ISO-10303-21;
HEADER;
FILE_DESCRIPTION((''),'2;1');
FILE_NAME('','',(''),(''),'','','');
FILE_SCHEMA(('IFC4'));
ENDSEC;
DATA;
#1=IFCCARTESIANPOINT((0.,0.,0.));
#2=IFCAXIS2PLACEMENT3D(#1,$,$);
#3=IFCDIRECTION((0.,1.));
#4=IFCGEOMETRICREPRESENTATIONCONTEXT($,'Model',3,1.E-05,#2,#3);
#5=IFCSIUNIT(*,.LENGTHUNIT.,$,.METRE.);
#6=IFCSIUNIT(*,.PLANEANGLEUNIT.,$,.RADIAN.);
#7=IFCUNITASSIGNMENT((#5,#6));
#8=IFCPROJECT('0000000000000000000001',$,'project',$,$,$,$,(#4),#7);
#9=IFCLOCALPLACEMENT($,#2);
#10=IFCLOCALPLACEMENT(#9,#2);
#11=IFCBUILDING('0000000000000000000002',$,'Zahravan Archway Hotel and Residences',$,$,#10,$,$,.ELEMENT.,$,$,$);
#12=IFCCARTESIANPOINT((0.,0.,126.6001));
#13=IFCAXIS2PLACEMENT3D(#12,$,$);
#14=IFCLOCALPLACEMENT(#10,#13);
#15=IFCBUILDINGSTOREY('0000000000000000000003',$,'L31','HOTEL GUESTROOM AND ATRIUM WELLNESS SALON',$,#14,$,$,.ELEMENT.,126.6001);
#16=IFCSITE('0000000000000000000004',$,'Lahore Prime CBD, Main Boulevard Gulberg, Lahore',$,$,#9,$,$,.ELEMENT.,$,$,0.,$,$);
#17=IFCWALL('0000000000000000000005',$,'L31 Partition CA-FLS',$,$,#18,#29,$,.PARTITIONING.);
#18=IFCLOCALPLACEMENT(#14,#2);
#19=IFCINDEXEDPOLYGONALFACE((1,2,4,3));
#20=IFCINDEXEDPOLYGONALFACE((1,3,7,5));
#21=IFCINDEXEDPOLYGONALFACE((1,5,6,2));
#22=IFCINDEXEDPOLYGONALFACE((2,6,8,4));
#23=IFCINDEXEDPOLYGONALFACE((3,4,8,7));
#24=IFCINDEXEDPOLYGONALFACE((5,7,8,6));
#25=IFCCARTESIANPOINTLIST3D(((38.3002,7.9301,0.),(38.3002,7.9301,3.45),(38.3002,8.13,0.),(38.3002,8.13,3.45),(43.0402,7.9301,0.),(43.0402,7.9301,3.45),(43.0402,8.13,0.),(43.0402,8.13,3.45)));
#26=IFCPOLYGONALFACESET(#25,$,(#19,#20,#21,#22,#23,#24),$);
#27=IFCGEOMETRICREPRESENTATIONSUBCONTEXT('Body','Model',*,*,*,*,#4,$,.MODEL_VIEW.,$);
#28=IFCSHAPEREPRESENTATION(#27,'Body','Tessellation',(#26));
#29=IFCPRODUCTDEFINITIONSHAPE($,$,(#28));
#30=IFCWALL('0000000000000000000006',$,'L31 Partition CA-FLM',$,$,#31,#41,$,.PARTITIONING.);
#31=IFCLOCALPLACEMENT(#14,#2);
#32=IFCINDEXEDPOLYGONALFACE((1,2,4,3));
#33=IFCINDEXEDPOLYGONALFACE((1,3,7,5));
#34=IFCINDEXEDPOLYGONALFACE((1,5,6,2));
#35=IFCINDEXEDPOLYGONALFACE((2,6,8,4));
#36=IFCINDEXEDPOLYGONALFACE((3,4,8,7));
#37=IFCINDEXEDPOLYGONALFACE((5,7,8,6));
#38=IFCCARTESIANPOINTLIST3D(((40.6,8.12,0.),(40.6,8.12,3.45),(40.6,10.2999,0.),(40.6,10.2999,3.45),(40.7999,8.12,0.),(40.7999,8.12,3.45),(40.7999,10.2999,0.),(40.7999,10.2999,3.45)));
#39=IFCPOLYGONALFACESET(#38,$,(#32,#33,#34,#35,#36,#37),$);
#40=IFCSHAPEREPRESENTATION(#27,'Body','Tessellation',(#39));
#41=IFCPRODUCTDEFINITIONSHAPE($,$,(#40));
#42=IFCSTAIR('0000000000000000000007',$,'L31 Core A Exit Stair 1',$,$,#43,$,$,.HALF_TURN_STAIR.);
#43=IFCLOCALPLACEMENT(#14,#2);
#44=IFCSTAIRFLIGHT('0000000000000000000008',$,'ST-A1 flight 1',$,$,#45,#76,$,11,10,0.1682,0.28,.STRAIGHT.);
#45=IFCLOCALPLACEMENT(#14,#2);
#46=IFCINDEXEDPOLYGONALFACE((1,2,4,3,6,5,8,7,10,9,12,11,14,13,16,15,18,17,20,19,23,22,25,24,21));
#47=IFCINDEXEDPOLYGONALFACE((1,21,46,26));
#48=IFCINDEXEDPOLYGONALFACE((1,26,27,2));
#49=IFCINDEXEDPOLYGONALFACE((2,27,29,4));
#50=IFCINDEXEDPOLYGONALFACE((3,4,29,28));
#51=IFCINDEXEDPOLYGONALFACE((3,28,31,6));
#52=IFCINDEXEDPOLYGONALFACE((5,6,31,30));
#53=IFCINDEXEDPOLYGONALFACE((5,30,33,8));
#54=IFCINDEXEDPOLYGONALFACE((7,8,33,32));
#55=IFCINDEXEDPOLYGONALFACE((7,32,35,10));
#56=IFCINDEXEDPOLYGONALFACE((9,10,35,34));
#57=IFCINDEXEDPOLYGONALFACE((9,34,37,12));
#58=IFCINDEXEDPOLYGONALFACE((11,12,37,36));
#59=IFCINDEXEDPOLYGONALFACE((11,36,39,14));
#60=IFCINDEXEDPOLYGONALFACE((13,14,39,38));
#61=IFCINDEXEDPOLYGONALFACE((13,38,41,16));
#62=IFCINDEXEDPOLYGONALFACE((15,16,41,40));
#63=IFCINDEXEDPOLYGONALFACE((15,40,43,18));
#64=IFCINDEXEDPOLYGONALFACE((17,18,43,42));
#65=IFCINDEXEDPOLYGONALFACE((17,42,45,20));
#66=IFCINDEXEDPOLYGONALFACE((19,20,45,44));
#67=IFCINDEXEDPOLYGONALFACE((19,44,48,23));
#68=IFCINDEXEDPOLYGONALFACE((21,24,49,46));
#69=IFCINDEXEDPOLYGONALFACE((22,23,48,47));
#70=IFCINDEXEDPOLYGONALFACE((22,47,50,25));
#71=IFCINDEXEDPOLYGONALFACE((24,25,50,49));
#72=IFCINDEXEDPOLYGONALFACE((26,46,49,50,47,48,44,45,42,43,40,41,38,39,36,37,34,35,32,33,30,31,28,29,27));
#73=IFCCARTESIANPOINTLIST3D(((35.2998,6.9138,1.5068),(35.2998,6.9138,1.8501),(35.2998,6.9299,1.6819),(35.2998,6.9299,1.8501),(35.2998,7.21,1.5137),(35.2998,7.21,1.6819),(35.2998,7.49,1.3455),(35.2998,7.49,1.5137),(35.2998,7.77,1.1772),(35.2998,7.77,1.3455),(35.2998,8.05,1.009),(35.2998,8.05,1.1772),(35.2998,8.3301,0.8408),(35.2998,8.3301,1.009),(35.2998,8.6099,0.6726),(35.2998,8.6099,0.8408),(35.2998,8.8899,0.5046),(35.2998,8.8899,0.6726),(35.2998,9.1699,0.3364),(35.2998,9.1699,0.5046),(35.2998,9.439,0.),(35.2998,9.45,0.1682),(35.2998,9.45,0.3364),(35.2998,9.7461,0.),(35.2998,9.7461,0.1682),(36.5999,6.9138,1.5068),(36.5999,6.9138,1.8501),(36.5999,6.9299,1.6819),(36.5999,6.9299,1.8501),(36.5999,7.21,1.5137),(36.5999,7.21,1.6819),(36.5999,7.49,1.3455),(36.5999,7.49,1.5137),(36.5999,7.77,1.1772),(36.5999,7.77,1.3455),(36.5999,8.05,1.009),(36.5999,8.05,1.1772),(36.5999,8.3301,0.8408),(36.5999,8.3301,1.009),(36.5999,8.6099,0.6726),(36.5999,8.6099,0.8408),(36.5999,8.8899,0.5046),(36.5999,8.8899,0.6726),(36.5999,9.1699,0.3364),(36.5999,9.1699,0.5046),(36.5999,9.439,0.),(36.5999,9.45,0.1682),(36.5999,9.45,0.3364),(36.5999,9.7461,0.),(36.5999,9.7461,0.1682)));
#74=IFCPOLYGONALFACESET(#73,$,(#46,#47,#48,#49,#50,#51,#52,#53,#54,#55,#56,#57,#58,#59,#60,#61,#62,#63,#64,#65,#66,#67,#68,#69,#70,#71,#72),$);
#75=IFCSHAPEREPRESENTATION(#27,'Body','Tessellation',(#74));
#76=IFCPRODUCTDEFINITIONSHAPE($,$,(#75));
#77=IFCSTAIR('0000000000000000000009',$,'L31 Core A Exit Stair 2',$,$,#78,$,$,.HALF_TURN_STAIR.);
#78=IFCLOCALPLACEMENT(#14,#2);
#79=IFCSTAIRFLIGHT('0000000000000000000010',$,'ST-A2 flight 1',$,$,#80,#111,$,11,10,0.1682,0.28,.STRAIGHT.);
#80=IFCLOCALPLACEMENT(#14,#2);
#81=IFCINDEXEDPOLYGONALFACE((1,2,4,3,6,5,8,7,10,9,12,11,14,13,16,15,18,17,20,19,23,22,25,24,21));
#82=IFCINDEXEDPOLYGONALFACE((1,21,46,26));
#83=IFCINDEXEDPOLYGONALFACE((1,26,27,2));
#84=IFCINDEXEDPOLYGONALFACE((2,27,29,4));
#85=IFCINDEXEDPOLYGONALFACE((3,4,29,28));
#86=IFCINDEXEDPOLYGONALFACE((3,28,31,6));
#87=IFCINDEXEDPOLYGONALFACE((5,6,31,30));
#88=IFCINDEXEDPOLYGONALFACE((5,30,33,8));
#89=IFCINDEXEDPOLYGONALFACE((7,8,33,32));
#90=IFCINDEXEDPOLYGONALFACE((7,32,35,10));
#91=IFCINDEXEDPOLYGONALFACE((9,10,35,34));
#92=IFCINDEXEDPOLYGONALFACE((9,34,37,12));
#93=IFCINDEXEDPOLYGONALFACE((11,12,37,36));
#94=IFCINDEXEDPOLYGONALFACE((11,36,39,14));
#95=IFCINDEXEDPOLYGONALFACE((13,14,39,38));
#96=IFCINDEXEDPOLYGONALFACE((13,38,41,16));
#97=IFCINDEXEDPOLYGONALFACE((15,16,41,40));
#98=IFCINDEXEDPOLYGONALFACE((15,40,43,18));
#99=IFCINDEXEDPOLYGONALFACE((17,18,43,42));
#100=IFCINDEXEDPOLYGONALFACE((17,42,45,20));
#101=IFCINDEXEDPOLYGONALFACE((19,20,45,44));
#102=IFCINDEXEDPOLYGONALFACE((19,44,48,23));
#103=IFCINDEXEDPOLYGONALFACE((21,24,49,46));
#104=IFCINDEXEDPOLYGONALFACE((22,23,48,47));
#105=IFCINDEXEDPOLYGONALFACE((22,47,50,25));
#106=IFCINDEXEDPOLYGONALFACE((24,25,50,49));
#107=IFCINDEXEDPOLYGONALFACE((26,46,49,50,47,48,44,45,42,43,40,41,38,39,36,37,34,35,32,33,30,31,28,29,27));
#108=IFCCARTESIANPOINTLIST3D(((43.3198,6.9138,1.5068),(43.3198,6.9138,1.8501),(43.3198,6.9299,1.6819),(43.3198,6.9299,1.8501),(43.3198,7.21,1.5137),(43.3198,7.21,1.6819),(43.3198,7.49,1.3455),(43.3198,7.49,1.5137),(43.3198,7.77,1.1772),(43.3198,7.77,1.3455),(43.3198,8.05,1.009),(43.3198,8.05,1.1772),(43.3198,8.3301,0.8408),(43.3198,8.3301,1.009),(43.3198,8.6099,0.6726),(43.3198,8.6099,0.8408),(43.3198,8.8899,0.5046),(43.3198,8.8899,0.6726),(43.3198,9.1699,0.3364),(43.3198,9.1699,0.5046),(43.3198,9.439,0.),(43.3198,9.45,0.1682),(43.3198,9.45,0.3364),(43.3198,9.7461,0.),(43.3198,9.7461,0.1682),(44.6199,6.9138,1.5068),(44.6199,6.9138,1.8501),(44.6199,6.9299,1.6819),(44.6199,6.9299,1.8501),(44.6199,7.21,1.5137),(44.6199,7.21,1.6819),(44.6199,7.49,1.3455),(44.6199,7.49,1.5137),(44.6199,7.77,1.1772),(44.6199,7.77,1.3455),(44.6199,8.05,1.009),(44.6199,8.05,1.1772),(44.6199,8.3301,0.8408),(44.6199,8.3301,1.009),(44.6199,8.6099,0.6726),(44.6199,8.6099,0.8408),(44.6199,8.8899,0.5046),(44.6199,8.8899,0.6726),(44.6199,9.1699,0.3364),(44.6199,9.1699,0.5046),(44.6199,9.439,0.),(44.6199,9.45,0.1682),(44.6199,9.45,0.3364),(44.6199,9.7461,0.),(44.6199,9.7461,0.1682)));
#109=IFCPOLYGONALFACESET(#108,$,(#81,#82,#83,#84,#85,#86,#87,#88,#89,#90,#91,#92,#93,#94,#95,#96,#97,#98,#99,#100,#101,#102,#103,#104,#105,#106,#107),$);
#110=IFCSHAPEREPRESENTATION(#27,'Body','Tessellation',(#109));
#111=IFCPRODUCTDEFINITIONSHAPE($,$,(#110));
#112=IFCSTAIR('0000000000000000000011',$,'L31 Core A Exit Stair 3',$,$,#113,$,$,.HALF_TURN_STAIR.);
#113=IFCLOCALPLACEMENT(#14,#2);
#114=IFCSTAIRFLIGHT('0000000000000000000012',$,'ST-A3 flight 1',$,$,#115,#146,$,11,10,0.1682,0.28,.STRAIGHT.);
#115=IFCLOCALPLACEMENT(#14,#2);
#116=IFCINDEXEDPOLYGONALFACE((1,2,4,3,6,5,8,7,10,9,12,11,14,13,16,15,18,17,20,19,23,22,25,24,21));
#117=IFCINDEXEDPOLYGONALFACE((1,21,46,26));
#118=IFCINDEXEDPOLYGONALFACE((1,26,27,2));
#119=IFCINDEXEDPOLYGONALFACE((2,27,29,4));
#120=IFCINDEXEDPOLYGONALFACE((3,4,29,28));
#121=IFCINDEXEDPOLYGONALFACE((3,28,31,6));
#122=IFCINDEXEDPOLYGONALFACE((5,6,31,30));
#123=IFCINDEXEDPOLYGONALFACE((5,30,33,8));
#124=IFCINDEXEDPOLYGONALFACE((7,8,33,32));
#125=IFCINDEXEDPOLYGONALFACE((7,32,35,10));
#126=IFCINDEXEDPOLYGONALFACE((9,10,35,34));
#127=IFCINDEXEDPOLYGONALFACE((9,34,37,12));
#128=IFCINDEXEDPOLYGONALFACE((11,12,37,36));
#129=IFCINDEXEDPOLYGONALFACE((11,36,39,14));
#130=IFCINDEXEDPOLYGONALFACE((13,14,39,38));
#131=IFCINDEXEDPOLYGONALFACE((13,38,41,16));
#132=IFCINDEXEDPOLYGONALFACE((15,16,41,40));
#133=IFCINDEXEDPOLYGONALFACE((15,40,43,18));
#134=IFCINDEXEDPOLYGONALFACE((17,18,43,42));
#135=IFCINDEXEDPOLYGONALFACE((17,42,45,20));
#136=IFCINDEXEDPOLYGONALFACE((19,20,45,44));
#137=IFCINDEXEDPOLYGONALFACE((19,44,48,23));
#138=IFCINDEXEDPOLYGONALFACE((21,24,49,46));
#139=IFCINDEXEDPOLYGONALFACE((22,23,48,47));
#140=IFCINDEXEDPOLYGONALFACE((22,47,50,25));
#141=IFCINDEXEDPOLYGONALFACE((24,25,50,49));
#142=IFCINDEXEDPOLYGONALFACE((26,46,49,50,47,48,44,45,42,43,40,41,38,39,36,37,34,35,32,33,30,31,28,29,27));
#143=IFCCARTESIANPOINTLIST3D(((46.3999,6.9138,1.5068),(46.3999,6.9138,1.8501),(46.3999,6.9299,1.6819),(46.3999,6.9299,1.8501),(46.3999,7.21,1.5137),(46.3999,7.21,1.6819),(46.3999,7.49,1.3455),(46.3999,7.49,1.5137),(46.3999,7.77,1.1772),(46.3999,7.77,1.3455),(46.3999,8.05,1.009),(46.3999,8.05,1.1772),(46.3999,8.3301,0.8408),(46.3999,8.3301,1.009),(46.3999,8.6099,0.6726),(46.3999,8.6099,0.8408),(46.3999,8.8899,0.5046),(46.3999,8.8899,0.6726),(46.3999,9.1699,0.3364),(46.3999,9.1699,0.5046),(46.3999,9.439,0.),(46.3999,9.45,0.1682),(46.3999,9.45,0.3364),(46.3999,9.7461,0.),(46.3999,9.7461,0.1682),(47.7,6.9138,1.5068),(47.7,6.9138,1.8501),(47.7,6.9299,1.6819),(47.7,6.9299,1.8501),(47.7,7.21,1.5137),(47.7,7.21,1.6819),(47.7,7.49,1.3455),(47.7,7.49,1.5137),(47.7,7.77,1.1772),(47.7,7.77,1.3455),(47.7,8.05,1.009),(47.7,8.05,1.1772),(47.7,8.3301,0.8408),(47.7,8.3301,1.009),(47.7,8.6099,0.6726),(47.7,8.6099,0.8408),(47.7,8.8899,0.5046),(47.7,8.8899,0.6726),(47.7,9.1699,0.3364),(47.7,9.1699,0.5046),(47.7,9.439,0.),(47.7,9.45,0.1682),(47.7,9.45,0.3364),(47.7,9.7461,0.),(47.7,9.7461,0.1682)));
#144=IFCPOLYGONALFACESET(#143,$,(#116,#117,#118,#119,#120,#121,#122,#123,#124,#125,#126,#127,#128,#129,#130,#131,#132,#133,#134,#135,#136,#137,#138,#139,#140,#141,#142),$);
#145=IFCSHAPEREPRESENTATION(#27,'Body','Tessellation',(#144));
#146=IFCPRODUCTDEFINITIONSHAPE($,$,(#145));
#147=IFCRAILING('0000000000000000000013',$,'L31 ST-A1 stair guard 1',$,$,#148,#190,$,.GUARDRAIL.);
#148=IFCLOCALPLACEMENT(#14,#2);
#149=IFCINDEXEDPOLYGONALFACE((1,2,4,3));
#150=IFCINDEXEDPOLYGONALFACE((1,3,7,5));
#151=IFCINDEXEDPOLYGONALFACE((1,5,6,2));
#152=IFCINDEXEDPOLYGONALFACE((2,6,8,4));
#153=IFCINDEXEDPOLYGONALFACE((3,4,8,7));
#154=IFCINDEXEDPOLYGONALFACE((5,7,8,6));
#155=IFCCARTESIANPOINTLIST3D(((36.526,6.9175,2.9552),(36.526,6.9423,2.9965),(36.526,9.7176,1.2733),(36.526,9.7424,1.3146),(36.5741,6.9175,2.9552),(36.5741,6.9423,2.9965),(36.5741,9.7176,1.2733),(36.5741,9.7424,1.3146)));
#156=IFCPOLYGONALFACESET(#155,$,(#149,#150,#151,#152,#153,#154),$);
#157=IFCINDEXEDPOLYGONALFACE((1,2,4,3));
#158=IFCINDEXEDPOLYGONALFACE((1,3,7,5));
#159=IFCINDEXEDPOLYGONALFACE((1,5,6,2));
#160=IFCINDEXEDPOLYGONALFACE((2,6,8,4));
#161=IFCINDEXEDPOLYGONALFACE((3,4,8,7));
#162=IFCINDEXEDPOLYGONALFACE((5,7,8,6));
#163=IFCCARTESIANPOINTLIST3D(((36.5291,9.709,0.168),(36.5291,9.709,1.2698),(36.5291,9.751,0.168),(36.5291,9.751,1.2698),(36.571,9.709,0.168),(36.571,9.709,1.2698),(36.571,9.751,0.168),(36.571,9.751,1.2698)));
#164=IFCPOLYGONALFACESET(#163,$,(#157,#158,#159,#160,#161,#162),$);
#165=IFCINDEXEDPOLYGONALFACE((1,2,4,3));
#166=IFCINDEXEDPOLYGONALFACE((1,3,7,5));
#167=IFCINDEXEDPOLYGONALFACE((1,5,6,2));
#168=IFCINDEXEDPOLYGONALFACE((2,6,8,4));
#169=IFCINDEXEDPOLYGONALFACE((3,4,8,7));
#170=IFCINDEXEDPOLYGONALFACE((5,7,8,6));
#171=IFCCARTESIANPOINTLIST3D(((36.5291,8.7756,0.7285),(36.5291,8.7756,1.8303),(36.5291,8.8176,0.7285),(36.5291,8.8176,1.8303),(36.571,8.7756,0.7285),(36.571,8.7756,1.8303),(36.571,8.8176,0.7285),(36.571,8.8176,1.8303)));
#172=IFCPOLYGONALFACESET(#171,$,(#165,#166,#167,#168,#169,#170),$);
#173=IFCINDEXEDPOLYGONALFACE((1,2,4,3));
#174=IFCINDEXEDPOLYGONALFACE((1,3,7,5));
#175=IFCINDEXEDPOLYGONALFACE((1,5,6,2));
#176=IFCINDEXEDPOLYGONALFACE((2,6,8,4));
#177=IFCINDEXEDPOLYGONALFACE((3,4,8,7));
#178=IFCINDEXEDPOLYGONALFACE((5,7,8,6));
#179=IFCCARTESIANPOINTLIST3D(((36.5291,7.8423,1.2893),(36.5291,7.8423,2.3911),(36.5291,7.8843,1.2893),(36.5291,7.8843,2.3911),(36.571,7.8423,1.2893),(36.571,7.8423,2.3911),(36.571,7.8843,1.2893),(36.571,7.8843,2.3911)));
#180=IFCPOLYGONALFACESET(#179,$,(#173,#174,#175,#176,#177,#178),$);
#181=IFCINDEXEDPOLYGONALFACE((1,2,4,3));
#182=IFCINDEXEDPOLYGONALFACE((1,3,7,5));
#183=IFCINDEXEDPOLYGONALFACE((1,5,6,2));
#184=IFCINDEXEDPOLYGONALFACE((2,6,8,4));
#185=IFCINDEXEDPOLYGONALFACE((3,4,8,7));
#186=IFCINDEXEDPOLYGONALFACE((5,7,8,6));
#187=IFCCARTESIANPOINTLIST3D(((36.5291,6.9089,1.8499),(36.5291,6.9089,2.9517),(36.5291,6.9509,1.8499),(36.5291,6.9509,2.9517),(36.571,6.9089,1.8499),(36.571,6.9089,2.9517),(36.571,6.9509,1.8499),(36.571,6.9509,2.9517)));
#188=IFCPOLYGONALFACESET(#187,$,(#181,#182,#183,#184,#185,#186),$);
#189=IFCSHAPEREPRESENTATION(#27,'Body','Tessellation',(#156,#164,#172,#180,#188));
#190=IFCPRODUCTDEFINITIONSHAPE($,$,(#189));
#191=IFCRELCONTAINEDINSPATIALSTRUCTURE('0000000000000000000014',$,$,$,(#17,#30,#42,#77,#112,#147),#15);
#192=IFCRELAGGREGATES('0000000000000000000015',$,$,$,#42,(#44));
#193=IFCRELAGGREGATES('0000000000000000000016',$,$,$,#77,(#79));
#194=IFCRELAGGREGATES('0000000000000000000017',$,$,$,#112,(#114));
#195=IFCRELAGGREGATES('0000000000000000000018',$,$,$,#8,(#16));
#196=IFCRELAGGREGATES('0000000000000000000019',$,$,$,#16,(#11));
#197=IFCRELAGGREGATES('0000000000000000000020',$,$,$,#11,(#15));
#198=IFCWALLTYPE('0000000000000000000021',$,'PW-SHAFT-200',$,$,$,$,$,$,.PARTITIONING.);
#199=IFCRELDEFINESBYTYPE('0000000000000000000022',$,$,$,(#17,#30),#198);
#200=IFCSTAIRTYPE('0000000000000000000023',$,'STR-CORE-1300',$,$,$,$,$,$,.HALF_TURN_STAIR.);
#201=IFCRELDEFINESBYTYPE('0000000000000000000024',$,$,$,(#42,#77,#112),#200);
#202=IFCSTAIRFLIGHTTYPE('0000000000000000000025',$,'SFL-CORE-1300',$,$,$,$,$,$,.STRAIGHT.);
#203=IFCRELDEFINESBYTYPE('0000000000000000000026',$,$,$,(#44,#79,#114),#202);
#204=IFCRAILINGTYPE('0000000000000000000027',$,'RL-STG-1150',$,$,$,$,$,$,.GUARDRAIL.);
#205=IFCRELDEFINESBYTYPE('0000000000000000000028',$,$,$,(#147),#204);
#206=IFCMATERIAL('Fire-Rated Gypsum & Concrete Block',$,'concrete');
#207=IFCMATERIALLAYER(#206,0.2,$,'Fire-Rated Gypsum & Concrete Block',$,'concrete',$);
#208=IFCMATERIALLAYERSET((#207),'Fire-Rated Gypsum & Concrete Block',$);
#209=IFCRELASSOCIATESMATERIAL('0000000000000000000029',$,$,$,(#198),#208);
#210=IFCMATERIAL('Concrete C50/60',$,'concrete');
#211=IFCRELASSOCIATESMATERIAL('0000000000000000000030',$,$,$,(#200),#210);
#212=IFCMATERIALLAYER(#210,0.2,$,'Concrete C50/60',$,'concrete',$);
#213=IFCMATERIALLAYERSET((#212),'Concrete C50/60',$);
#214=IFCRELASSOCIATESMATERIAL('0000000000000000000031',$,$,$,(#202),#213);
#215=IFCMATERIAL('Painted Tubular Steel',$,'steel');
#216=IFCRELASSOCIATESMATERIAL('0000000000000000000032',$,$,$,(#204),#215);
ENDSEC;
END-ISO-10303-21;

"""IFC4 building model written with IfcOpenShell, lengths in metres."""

from ifc_helpers import new_model, si_unit, direction, frame, frame_2d, origin, origin_2d, place, context, subcontext, project, spatial, polyline, rectangle, outline, extrude, source, transform, mapped, material, layer, layer_set, type_object, element, aggregate, save


model = new_model("IFC4")

# Units and contexts
model_context = context("Model", 3, precision=1e-05, world=origin(), true_north=direction((0.0, 1.0)))
body_context = subcontext(model_context, "Body", "Model", "MODEL_VIEW")
ifc_project = project(units=[si_unit("LENGTHUNIT", "METRE"), si_unit("PLANEANGLEUNIT", "RADIAN")], contexts=[model_context])

# Site, building, storey
site_placement = place(None, origin())
site = spatial("IfcSite", under=ifc_project, at=site_placement, Name="Lahore Prime CBD, Main Boulevard Gulberg, Lahore", CompositionType="ELEMENT", RefElevation=0.0)
building_placement = place(site_placement, origin())
building = spatial("IfcBuilding", under=site, at=building_placement, Name="Zahravan Archway Hotel and Residences", CompositionType="ELEMENT")
storey_placement = place(building_placement, frame((0.0, 0.0, 126.6001)))
storey = spatial("IfcBuildingStorey", under=building, at=storey_placement, Name="L31", Description="HOTEL GUESTROOM AND ATRIUM WELLNESS SALON", CompositionType="ELEMENT", Elevation=126.6001)

# Walls
ifc_material_1 = material(Name="Fire-Rated Gypsum & Concrete Block", Category="concrete")
ifc_layer_1 = layer(ifc_material_1, 0.2, Name="Fire-Rated Gypsum & Concrete Block", Category="concrete")
ifc_layer_set_1 = layer_set([ifc_layer_1], Name="Fire-Rated Gypsum & Concrete Block")
wall_type = type_object("IfcWallType", Name="PW-SHAFT-200", PredefinedType="PARTITIONING", material=ifc_layer_set_1)
wall_1_placement = place(storey_placement, frame((38.3, 8.03, 0.0), z_axis=(0.0, 0.0, 1.0), x_axis=(1.0, 0.0, 0.0)))
element("IfcWall", 1, at=wall_1_placement, inside=storey, type_object=wall_type, Name="L31 Partition CA-FLS", PredefinedType="PARTITIONING", context=body_context, shape_type="SweptSolid", body=[
    extrude(rectangle(XDim=4.74, YDim=0.2, at=frame_2d((2.3701, 0.0))), origin(), (0.0, 0.0, 1.0), 3.45),
])
wall_2_placement = place(storey_placement, frame((40.7, 8.1201, 0.0), z_axis=(0.0, 0.0, 1.0), x_axis=(0.0, 1.0, 0.0)))
element("IfcWall", 2, at=wall_2_placement, inside=storey, type_object=wall_type, Name="L31 Partition CA-FLM", PredefinedType="PARTITIONING", context=body_context, shape_type="SweptSolid", body=[
    extrude(rectangle(XDim=2.1799, YDim=0.2, at=frame_2d((1.0898, 0.0))), origin(), (0.0, 0.0, 1.0), 3.45),
])

# Stairs, stair flights
ifc_material_2 = material(Name="Concrete C50/60", Category="concrete")
stair_type = type_object("IfcStairType", Name="STR-CORE-1300", PredefinedType="HALF_TURN_STAIR", material=ifc_material_2)
stair_1_placement = place(storey_placement, origin())
stair_1 = element("IfcStair", 3, at=stair_1_placement, inside=storey, type_object=stair_type, Name="L31 Core A Exit Stair 1", PredefinedType="HALF_TURN_STAIR")
ifc_layer_2 = layer(ifc_material_2, 0.2, Name="Concrete C50/60", Category="concrete")
ifc_layer_set_2 = layer_set([ifc_layer_2], Name="Concrete C50/60")
stair_flight_type = type_object("IfcStairFlightType", Name="SFL-CORE-1300", PredefinedType="STRAIGHT", material=ifc_layer_set_2)
shared_shape = source(origin(), body_context, "Body", "SweptSolid", [
    extrude(outline(polyline([(-0.0161, 0.0), (-0.0161, 0.1682), (0.28, 0.1682), (0.28, 0.3364), (0.5601, 0.3364), (0.5601, 0.5046), (0.8401, 0.5046), (0.8401, 0.6726), (1.1201, 0.6726), (1.1201, 0.8408), (1.3999, 0.8408), (1.3999, 1.009), (1.6799, 1.009), (1.6799, 1.1772), (1.96, 1.1772), (1.96, 1.3455), (2.24, 1.3455), (2.24, 1.5137), (2.52, 1.5137), (2.52, 1.6819), (2.8, 1.6819), (2.8, 1.8501), (2.8162, 1.8501), (2.8162, 1.5068), (0.291, 0.0), (-0.0161, 0.0)])), frame((0.0, 0.6499, 0.0), z_axis=(0.0, -1.0, 0.0), x_axis=(1.0, 0.0, 0.0)), (0.0, 0.0, 1.0), 1.3),
])
stair_flight_1_placement = place(storey_placement, frame((35.95, 9.73, 0.0), z_axis=(0.0, 0.0, 1.0), x_axis=(0.0, -1.0, 0.0)))
stair_flight_1 = element("IfcStairFlight", 4, at=stair_flight_1_placement, type_object=stair_flight_type, Name="ST-A1 flight 1", NumberOfRisers=11, NumberOfTreads=10, PredefinedType="STRAIGHT", RiserHeight=0.1682, TreadLength=0.28, context=body_context, shape_type="MappedRepresentation", body=[
    mapped(shared_shape, transform((0.0, 0.0, 0.0), scale=1.0)),
])
aggregate(stair_1, [stair_flight_1])
stair_2_placement = place(storey_placement, origin())
stair_2 = element("IfcStair", 5, at=stair_2_placement, inside=storey, type_object=stair_type, Name="L31 Core A Exit Stair 2", PredefinedType="HALF_TURN_STAIR")
stair_flight_2_placement = place(storey_placement, frame((43.97, 9.73, 0.0), z_axis=(0.0, 0.0, 1.0), x_axis=(0.0, -1.0, 0.0)))
stair_flight_2 = element("IfcStairFlight", 6, at=stair_flight_2_placement, type_object=stair_flight_type, Name="ST-A2 flight 1", NumberOfRisers=11, NumberOfTreads=10, PredefinedType="STRAIGHT", RiserHeight=0.1682, TreadLength=0.28, context=body_context, shape_type="MappedRepresentation", body=[
    mapped(shared_shape, transform((0.0, 0.0, 0.0), scale=1.0)),
])
aggregate(stair_2, [stair_flight_2])
stair_3_placement = place(storey_placement, origin())
stair_3 = element("IfcStair", 7, at=stair_3_placement, inside=storey, type_object=stair_type, Name="L31 Core A Exit Stair 3", PredefinedType="HALF_TURN_STAIR")
stair_flight_3_placement = place(storey_placement, frame((47.05, 9.73, 0.0), z_axis=(0.0, 0.0, 1.0), x_axis=(0.0, -1.0, 0.0)))
stair_flight_3 = element("IfcStairFlight", 8, at=stair_flight_3_placement, type_object=stair_flight_type, Name="ST-A3 flight 1", NumberOfRisers=11, NumberOfTreads=10, PredefinedType="STRAIGHT", RiserHeight=0.1682, TreadLength=0.28, context=body_context, shape_type="MappedRepresentation", body=[
    mapped(shared_shape, transform((0.0, 0.0, 0.0), scale=1.0)),
])
aggregate(stair_3, [stair_flight_3])

# Railing
ifc_material_3 = material(Name="Painted Tubular Steel", Category="steel")
railing_type_1 = type_object("IfcRailingType", Name="RL-STG-1150", PredefinedType="GUARDRAIL", material=ifc_material_3)
railing_1_placement = place(storey_placement, frame((36.55, 9.73, 0.168)))
element("IfcRailing", 9, at=railing_1_placement, inside=storey, type_object=railing_type_1, Name="L31 ST-A1 stair guard 1", PredefinedType="GUARDRAIL", context=body_context, shape_type="SweptSolid", body=[
    extrude(rectangle(XDim=0.0481, YDim=0.0481, at=origin_2d()), frame((0.0, 0.0, 1.126), z_axis=(0.0, -0.857242, 0.514913), x_axis=(1.0, 0.0, 0.0)), (0.0, 0.0, 1.0), 3.2664),
    extrude(rectangle(XDim=0.042, YDim=0.042, at=origin_2d()), origin(), (0.0, 0.0, 1.0), 1.1018),
    extrude(rectangle(XDim=0.042, YDim=0.042, at=origin_2d()), frame((0.0, -0.9333, 0.5605)), (0.0, 0.0, 1.0), 1.1018),
    extrude(rectangle(XDim=0.042, YDim=0.042, at=origin_2d()), frame((0.0, -1.8667, 1.1213)), (0.0, 0.0, 1.0), 1.1018),
    extrude(rectangle(XDim=0.042, YDim=0.042, at=origin_2d()), frame((0.0, -2.8, 1.6819)), (0.0, 0.0, 1.0), 1.1018),
])

save(model, "model.ifc")
